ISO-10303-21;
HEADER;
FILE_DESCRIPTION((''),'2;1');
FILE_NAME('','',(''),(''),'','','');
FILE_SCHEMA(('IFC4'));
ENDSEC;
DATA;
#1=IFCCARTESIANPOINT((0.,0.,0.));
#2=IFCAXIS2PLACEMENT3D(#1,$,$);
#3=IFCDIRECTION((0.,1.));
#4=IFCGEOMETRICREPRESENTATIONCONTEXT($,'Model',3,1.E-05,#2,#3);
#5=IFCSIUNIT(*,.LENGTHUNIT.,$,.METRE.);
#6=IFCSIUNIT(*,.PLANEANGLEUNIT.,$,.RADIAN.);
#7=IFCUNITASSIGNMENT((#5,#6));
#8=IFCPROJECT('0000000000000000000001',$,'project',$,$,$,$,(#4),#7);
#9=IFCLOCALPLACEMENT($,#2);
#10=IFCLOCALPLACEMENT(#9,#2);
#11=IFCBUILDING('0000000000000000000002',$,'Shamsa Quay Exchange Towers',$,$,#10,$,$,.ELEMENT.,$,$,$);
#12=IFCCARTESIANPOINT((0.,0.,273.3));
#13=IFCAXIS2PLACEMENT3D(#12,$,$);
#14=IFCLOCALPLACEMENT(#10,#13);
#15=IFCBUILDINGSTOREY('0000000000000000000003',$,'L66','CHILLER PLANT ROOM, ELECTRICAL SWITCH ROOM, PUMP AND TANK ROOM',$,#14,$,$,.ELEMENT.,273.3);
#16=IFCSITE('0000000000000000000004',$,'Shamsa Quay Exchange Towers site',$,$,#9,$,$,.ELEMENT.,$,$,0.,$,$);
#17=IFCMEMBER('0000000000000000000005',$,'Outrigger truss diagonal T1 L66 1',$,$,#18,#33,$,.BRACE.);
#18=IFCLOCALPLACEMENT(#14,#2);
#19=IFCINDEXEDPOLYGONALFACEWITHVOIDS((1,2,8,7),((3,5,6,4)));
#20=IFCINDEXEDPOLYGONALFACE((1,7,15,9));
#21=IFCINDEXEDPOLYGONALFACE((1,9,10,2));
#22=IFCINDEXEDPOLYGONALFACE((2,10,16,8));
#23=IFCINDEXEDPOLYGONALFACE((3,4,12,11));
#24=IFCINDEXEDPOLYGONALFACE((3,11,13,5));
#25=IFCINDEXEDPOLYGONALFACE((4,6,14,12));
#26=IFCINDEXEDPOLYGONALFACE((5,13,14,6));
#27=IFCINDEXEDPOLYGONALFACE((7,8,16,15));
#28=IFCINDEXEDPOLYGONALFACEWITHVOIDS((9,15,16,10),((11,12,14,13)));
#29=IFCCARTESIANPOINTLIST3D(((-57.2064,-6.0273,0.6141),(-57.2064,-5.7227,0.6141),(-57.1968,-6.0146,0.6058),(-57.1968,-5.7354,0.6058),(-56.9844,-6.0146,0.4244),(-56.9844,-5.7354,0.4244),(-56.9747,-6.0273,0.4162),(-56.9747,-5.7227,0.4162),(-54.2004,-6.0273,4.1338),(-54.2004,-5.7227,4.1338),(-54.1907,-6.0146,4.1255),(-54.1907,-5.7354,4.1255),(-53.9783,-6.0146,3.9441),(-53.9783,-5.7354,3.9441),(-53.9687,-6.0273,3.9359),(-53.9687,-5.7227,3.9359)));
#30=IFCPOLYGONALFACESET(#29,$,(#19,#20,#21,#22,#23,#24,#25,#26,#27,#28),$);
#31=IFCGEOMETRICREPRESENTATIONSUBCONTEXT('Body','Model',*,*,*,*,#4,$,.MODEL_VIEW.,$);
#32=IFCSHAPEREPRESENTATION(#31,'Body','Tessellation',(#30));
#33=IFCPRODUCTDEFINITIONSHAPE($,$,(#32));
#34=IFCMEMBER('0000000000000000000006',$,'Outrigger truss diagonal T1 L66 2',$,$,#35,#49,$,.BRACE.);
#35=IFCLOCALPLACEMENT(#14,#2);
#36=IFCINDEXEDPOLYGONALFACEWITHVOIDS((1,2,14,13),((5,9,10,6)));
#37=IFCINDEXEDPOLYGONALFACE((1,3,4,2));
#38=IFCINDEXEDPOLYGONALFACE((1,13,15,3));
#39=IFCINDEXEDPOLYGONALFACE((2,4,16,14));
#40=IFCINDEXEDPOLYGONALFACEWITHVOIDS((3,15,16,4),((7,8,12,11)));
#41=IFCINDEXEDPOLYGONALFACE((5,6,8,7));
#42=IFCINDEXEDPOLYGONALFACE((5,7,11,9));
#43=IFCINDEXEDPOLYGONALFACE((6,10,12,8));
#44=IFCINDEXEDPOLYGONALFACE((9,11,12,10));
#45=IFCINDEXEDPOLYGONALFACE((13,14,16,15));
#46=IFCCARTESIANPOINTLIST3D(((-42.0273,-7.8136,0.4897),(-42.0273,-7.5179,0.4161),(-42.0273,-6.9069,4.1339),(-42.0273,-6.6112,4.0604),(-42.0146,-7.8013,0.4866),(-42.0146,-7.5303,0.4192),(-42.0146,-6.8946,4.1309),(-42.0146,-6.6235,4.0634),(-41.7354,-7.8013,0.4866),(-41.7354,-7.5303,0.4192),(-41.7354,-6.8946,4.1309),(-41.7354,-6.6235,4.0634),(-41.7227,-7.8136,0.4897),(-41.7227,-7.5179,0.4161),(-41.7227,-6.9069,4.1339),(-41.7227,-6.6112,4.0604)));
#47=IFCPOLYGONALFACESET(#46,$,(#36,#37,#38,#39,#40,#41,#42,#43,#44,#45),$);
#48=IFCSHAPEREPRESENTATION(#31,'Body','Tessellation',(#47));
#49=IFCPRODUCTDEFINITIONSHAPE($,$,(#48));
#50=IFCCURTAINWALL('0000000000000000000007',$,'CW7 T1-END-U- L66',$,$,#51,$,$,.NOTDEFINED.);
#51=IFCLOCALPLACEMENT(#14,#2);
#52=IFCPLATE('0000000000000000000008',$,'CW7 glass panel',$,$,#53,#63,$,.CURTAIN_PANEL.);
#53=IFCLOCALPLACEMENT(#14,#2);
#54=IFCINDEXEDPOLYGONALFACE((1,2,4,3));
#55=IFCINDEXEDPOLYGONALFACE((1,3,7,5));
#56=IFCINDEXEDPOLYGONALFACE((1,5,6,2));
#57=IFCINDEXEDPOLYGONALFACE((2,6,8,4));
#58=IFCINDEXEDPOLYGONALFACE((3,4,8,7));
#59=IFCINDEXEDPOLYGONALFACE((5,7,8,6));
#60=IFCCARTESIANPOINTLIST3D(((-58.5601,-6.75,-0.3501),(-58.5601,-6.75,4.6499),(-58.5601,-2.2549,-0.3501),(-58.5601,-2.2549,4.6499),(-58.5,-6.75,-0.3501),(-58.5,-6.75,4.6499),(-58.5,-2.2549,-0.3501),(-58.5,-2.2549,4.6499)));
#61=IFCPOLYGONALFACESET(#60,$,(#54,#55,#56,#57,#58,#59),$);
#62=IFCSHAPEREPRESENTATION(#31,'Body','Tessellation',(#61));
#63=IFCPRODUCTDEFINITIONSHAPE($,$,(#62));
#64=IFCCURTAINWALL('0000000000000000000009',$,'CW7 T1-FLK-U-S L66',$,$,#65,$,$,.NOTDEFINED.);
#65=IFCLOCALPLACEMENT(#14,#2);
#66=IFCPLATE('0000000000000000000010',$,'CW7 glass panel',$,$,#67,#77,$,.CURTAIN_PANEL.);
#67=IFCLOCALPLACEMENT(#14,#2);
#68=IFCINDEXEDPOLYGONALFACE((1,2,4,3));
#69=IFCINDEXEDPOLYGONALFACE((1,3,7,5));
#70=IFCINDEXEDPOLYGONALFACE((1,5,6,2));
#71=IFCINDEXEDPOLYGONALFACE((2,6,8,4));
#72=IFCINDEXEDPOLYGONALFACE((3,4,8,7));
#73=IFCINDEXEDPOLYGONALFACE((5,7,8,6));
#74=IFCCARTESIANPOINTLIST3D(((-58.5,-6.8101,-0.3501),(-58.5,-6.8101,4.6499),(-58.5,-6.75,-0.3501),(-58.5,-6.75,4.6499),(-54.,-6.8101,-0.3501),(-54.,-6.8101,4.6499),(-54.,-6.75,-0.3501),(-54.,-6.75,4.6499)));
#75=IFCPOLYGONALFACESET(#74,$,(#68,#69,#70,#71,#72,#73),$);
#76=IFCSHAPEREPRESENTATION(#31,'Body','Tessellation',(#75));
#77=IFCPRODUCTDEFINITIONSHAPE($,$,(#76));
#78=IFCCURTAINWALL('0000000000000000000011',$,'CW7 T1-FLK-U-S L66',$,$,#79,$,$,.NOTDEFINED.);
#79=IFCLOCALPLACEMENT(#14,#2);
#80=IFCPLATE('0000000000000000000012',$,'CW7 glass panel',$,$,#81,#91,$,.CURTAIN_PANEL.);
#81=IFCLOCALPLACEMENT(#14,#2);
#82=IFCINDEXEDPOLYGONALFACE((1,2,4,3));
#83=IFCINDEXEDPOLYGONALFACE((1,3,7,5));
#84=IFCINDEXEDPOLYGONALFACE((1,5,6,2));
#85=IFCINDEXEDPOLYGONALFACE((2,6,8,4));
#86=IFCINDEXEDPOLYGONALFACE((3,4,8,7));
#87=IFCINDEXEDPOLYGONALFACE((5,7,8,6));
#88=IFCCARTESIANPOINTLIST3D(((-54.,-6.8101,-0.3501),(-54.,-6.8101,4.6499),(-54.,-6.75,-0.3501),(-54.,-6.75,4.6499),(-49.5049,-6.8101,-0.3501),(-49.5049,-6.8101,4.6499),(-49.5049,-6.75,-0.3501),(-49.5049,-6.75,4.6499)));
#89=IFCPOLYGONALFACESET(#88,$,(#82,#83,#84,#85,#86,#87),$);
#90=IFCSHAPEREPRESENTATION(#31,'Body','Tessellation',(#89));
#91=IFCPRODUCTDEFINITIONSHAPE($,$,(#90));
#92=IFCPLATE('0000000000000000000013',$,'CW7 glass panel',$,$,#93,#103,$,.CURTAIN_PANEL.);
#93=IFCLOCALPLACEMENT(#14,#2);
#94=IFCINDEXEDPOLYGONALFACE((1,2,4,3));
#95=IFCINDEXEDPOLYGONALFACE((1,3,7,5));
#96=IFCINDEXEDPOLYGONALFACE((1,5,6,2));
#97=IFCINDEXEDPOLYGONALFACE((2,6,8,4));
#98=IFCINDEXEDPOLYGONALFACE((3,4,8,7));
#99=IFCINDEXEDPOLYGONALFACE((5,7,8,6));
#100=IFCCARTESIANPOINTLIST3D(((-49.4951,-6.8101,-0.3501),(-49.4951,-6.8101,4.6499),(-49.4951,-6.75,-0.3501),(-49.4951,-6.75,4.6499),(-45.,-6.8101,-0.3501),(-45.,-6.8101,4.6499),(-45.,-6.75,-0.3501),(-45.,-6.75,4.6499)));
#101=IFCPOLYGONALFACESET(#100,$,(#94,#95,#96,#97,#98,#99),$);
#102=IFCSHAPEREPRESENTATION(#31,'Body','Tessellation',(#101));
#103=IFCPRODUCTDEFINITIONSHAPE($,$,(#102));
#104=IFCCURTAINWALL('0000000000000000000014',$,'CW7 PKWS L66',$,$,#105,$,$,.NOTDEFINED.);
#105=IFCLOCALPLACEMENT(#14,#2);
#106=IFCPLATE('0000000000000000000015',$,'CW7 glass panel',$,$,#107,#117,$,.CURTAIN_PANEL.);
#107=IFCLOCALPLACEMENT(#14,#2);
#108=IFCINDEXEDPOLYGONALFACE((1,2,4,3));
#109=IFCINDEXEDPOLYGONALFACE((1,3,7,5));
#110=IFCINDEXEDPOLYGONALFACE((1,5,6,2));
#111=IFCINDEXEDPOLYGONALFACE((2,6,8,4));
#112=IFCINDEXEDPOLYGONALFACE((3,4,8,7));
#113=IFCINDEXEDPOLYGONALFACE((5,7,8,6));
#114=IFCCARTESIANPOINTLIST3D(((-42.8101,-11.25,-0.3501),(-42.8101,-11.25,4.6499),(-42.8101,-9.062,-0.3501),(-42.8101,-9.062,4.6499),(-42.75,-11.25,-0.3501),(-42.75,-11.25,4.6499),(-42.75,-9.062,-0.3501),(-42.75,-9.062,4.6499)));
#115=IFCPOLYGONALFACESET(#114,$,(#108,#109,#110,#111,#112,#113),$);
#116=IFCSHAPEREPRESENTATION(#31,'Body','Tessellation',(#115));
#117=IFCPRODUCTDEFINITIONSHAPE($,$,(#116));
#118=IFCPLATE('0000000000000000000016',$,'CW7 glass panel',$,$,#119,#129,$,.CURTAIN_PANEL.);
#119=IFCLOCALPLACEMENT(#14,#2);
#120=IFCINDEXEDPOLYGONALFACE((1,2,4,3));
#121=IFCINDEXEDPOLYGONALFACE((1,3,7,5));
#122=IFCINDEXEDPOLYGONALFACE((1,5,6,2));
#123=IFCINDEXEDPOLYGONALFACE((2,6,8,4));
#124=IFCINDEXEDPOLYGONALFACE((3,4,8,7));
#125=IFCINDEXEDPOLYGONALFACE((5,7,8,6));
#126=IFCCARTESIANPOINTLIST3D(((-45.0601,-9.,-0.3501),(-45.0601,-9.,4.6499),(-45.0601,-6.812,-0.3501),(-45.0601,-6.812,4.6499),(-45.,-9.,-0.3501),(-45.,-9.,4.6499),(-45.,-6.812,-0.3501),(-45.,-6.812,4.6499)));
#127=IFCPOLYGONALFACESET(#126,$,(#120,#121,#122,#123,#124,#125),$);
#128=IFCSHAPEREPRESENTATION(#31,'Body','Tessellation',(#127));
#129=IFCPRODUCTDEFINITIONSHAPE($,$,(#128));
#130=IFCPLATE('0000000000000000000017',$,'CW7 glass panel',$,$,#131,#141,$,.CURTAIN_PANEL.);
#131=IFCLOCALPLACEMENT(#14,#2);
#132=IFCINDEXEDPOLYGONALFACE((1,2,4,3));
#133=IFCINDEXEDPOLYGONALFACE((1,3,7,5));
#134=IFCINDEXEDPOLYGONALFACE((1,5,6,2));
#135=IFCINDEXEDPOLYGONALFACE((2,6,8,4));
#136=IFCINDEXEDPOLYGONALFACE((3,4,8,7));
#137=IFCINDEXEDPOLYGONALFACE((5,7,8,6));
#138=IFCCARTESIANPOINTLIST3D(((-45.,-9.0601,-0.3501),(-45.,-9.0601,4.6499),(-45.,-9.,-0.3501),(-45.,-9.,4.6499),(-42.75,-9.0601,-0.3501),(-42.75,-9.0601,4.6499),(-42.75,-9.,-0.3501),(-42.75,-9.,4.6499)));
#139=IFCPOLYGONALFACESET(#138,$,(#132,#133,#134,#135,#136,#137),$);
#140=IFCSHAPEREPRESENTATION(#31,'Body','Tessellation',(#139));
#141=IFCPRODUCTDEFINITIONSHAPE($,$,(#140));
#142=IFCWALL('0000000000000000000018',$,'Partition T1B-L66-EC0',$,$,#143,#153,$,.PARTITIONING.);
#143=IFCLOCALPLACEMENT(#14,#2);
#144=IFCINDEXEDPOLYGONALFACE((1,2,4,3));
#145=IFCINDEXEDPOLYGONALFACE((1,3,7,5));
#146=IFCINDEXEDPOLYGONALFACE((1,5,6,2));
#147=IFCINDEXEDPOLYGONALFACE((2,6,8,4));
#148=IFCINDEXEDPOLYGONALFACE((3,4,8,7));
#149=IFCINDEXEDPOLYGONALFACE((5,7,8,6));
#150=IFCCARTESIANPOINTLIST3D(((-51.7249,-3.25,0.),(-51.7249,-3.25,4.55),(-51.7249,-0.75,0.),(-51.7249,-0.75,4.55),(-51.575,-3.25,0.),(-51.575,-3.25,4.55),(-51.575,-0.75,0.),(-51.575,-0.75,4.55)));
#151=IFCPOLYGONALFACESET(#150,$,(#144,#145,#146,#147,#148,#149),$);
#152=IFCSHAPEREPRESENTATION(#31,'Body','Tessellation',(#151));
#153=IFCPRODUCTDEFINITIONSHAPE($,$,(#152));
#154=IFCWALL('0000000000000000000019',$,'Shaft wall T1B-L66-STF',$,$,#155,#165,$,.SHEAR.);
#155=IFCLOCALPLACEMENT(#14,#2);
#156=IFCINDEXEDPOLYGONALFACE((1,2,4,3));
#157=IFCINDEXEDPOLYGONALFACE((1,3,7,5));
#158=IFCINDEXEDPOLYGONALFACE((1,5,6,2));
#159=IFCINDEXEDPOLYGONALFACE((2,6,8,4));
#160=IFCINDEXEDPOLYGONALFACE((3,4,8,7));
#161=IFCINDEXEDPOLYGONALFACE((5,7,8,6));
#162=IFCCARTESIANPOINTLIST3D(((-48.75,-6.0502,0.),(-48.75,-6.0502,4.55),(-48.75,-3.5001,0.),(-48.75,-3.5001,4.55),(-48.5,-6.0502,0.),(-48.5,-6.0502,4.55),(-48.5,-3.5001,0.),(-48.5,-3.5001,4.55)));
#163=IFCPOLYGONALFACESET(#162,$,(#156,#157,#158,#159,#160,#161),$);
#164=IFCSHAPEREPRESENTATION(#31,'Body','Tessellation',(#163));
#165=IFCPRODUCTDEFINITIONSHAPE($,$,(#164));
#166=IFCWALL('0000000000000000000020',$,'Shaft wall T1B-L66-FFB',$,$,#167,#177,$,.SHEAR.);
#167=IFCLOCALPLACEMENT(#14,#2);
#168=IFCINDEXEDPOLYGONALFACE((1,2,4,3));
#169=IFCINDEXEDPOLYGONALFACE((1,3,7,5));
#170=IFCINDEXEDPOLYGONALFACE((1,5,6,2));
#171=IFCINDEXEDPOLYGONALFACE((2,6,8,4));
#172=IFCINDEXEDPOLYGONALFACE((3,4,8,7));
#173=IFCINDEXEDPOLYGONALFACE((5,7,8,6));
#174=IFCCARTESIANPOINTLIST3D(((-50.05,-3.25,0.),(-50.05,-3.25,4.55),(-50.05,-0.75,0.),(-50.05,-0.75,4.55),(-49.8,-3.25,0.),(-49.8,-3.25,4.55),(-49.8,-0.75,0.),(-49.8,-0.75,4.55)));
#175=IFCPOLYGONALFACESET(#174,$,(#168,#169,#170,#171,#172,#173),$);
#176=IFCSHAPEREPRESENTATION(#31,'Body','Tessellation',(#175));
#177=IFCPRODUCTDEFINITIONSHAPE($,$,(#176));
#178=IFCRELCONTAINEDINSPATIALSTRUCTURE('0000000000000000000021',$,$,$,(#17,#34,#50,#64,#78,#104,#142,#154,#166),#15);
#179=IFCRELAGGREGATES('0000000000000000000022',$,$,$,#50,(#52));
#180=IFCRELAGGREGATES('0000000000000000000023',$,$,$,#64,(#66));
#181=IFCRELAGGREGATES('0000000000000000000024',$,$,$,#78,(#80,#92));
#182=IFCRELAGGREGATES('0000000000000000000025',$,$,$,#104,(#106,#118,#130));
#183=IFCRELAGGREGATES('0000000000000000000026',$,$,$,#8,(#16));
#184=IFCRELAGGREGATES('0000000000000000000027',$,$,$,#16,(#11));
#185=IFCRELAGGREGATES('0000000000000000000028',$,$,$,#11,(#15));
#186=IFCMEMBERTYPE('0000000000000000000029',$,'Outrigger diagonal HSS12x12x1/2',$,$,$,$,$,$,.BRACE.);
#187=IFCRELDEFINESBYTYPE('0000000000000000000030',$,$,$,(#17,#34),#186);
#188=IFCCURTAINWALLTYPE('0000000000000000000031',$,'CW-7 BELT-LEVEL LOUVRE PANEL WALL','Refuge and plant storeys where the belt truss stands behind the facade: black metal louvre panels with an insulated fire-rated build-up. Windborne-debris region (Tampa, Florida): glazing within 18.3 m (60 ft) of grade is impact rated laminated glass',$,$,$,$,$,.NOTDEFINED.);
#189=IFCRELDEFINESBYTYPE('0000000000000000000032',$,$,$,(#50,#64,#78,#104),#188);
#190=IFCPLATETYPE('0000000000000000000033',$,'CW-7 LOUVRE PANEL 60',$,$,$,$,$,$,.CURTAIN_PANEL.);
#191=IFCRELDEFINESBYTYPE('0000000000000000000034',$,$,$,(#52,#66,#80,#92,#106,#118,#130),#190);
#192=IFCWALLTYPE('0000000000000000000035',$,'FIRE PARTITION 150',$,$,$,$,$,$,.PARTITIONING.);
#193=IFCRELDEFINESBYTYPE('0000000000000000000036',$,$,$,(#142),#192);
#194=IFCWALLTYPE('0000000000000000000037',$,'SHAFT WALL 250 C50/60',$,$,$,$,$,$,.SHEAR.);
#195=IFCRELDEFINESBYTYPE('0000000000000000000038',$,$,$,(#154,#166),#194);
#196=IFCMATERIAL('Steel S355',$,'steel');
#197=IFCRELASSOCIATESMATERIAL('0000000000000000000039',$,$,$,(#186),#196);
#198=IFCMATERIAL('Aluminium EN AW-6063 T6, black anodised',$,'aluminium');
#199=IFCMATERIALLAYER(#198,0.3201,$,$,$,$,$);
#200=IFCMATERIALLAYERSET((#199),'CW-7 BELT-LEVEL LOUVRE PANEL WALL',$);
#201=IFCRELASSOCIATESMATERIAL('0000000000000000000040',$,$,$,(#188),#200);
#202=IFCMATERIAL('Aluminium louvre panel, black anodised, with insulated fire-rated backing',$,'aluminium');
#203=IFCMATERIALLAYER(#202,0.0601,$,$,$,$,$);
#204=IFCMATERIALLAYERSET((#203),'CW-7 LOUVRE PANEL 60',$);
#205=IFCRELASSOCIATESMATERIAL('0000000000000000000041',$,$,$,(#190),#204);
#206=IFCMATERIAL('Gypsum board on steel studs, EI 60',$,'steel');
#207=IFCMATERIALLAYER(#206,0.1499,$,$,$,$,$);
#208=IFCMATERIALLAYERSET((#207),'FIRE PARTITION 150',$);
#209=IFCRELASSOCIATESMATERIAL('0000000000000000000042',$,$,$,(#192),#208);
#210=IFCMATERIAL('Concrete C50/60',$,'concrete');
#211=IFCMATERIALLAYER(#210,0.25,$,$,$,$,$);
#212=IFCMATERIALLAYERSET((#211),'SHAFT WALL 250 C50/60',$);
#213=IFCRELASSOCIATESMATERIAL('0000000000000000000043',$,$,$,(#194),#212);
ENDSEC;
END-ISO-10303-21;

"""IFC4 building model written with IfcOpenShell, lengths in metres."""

from ifc_helpers import new_model, si_unit, direction, frame, frame_2d, origin, origin_2d, place, context, subcontext, project, spatial, rectangle, hollow_rectangle, extrude, material, layer, layer_set, material_profile, profile_set, type_object, element, aggregate, save


model = new_model("IFC4")

# Units and contexts
model_context = context("Model", 3, precision=1e-05, world=origin(), true_north=direction((0.0, 1.0)))
body_context = subcontext(model_context, "Body", "Model", "MODEL_VIEW")
ifc_project = project(units=[si_unit("LENGTHUNIT", "METRE"), si_unit("PLANEANGLEUNIT", "RADIAN")], contexts=[model_context])

# Site, building, storey
site_placement = place(None, origin())
site = spatial("IfcSite", under=ifc_project, at=site_placement, Name="Shamsa Quay Exchange Towers site", CompositionType="ELEMENT", RefElevation=0.0)
building_placement = place(site_placement, origin())
building = spatial("IfcBuilding", under=site, at=building_placement, Name="Shamsa Quay Exchange Towers", CompositionType="ELEMENT")
storey_placement = place(building_placement, frame((0.0, 0.0, 273.3)))
storey = spatial("IfcBuildingStorey", under=building, at=storey_placement, Name="L66", Description="CHILLER PLANT ROOM, ELECTRICAL SWITCH ROOM, PUMP AND TANK ROOM", CompositionType="ELEMENT", Elevation=273.3)

# Members
ifc_material_1 = material(Name="Steel S355", Category="steel")
ifc_material_profile_1 = material_profile(ifc_material_1, hollow_rectangle(XDim=0.3047, YDim=0.3047, WallThickness=0.0127, at=origin_2d()), Name="HSS12x12x1/2")
ifc_profile_set_1 = profile_set([ifc_material_profile_1], Name="Steel S355")
member_type_1 = type_object("IfcMemberType", Name="Outrigger diagonal HSS12x12x1/2", PredefinedType="BRACE", material=ifc_profile_set_1)
member_1_placement = place(storey_placement, frame((-57.0906, -5.875, 0.5151), z_axis=(0.649439, 0.0, 0.760413), x_axis=(0.0, 1.0, 0.0)))
element("IfcMember", 1, at=member_1_placement, inside=storey, type_object=member_type_1, Name="Outrigger truss diagonal T1 L66 1", PredefinedType="BRACE", context=body_context, shape_type="SweptSolid", body=[
    extrude(hollow_rectangle(XDim=0.3047, YDim=0.3047, WallThickness=0.0127, at=origin_2d()), origin(), (0.0, 0.0, 1.0), 4.6287),
])
member_2_placement = place(storey_placement, frame((-41.875, -7.6658, 0.4529), z_axis=(0.0, 0.241449, 0.970413), x_axis=(-1.0, 0.0, 0.0)))
element("IfcMember", 2, at=member_2_placement, inside=storey, type_object=member_type_1, Name="Outrigger truss diagonal T1 L66 2", PredefinedType="BRACE", context=body_context, shape_type="SweptSolid", body=[
    extrude(hollow_rectangle(XDim=0.3047, YDim=0.3047, WallThickness=0.0127, at=origin_2d()), origin(), (0.0, 0.0, 1.0), 3.7554),
])

# Curtain walls, plates
ifc_material_2 = material(Name="Aluminium EN AW-6063 T6, black anodised", Category="aluminium")
ifc_layer_1 = layer(ifc_material_2, 0.3201)
ifc_layer_set_1 = layer_set([ifc_layer_1], Name="CW-7 BELT-LEVEL LOUVRE PANEL WALL")
curtain_wall_type = type_object("IfcCurtainWallType", Name="CW-7 BELT-LEVEL LOUVRE PANEL WALL", Description="Refuge and plant storeys where the belt truss stands behind the facade: black metal louvre panels with an insulated fire-rated build-up. Windborne-debris region (Tampa, Florida): glazing within 18.3 m (60 ft) of grade is impact rated laminated glass", PredefinedType="NOTDEFINED", material=ifc_layer_set_1)
curtain_wall_1_placement = place(storey_placement, origin())
curtain_wall_1 = element("IfcCurtainWall", 3, at=curtain_wall_1_placement, inside=storey, type_object=curtain_wall_type, Name="CW7 T1-END-U- L66", PredefinedType="NOTDEFINED")
ifc_material_3 = material(Name="Aluminium louvre panel, black anodised, with insulated fire-rated backing", Category="aluminium")
ifc_layer_2 = layer(ifc_material_3, 0.0601)
ifc_layer_set_2 = layer_set([ifc_layer_2], Name="CW-7 LOUVRE PANEL 60")
plate_type = type_object("IfcPlateType", Name="CW-7 LOUVRE PANEL 60", PredefinedType="CURTAIN_PANEL", material=ifc_layer_set_2)
plate_1_placement = place(storey_placement, frame((-58.53, -4.5024, -0.3501), z_axis=(0.0, 0.0, 1.0), x_axis=(0.0, -1.0, 0.0)))
plate_1 = element("IfcPlate", 4, at=plate_1_placement, type_object=plate_type, Name="CW7 glass panel", PredefinedType="CURTAIN_PANEL", context=body_context, shape_type="SweptSolid", body=[
    extrude(rectangle(XDim=4.4951, YDim=0.0601, at=origin_2d()), origin(), (0.0, 0.0, 1.0), 5.0),
])
aggregate(curtain_wall_1, [plate_1])
curtain_wall_2_placement = place(storey_placement, origin())
curtain_wall_2 = element("IfcCurtainWall", 5, at=curtain_wall_2_placement, inside=storey, type_object=curtain_wall_type, Name="CW7 T1-FLK-U-S L66", PredefinedType="NOTDEFINED")
plate_2_placement = place(storey_placement, frame((-56.25, -6.78, -0.3501)))
plate_2 = element("IfcPlate", 6, at=plate_2_placement, type_object=plate_type, Name="CW7 glass panel", PredefinedType="CURTAIN_PANEL", context=body_context, shape_type="SweptSolid", body=[
    extrude(rectangle(XDim=4.5, YDim=0.0601, at=origin_2d()), origin(), (0.0, 0.0, 1.0), 5.0),
])
aggregate(curtain_wall_2, [plate_2])

# Curtain walls, plates
curtain_wall_3_placement = place(storey_placement, origin())
curtain_wall_3 = element("IfcCurtainWall", 7, at=curtain_wall_3_placement, inside=storey, type_object=curtain_wall_type, Name="CW7 T1-FLK-U-S L66", PredefinedType="NOTDEFINED")
plate_3_placement = place(storey_placement, frame((-51.7524, -6.78, -0.3501)))
plate_3 = element("IfcPlate", 8, at=plate_3_placement, type_object=plate_type, Name="CW7 glass panel", PredefinedType="CURTAIN_PANEL", context=body_context, shape_type="SweptSolid", body=[
    extrude(rectangle(XDim=4.4951, YDim=0.0601, at=origin_2d()), origin(), (0.0, 0.0, 1.0), 5.0),
])
plate_4_placement = place(storey_placement, frame((-47.2476, -6.78, -0.3501)))
plate_4 = element("IfcPlate", 9, at=plate_4_placement, type_object=plate_type, Name="CW7 glass panel", PredefinedType="CURTAIN_PANEL", context=body_context, shape_type="SweptSolid", body=[
    extrude(rectangle(XDim=4.4951, YDim=0.0601, at=origin_2d()), origin(), (0.0, 0.0, 1.0), 5.0),
])
aggregate(curtain_wall_3, [plate_3, plate_4])
curtain_wall_4_placement = place(storey_placement, origin())
curtain_wall_4 = element("IfcCurtainWall", 10, at=curtain_wall_4_placement, inside=storey, type_object=curtain_wall_type, Name="CW7 PKWS L66", PredefinedType="NOTDEFINED")
plate_5_placement = place(storey_placement, frame((-42.78, -10.156, -0.3501), z_axis=(0.0, 0.0, 1.0), x_axis=(0.0, -1.0, 0.0)))
plate_5 = element("IfcPlate", 11, at=plate_5_placement, type_object=plate_type, Name="CW7 glass panel", PredefinedType="CURTAIN_PANEL", context=body_context, shape_type="SweptSolid", body=[
    extrude(rectangle(XDim=2.188, YDim=0.0601, at=origin_2d()), origin(), (0.0, 0.0, 1.0), 5.0),
])
plate_6_placement = place(storey_placement, frame((-45.03, -7.906, -0.3501), z_axis=(0.0, 0.0, 1.0), x_axis=(0.0, -1.0, 0.0)))
plate_6 = element("IfcPlate", 12, at=plate_6_placement, type_object=plate_type, Name="CW7 glass panel", PredefinedType="CURTAIN_PANEL", context=body_context, shape_type="SweptSolid", body=[
    extrude(rectangle(XDim=2.188, YDim=0.0601, at=origin_2d()), origin(), (0.0, 0.0, 1.0), 5.0),
])
plate_7_placement = place(storey_placement, frame((-43.875, -9.03, -0.3501)))
plate_7 = element("IfcPlate", 13, at=plate_7_placement, type_object=plate_type, Name="CW7 glass panel", PredefinedType="CURTAIN_PANEL", context=body_context, shape_type="SweptSolid", body=[
    extrude(rectangle(XDim=2.25, YDim=0.0601, at=origin_2d()), origin(), (0.0, 0.0, 1.0), 5.0),
])
aggregate(curtain_wall_4, [plate_5, plate_6, plate_7])

# Walls
ifc_material_4 = material(Name="Gypsum board on steel studs, EI 60", Category="steel")
ifc_layer_3 = layer(ifc_material_4, 0.1499)
ifc_layer_set_3 = layer_set([ifc_layer_3], Name="FIRE PARTITION 150")
wall_type_1 = type_object("IfcWallType", Name="FIRE PARTITION 150", PredefinedType="PARTITIONING", material=ifc_layer_set_3)
wall_1_placement = place(storey_placement, frame((-51.6499, -3.25, 0.0), z_axis=(0.0, 0.0, 1.0), x_axis=(0.0, 1.0, 0.0)))
element("IfcWall", 14, at=wall_1_placement, inside=storey, type_object=wall_type_1, Name="Partition T1B-L66-EC0", PredefinedType="PARTITIONING", context=body_context, shape_type="SweptSolid", body=[
    extrude(rectangle(XDim=2.5, YDim=0.1499, at=frame_2d((1.25, 0.0))), origin(), (0.0, 0.0, 1.0), 4.55),
])
ifc_material_5 = material(Name="Concrete C50/60", Category="concrete")
ifc_layer_4 = layer(ifc_material_5, 0.25)
ifc_layer_set_4 = layer_set([ifc_layer_4], Name="SHAFT WALL 250 C50/60")
wall_type_2 = type_object("IfcWallType", Name="SHAFT WALL 250 C50/60", PredefinedType="SHEAR", material=ifc_layer_set_4)
wall_2_placement = place(storey_placement, frame((-48.625, -6.05, 0.0), z_axis=(0.0, 0.0, 1.0), x_axis=(0.0, 1.0, 0.0)))
element("IfcWall", 15, at=wall_2_placement, inside=storey, type_object=wall_type_2, Name="Shaft wall T1B-L66-STF", PredefinedType="SHEAR", context=body_context, shape_type="SweptSolid", body=[
    extrude(rectangle(XDim=2.55, YDim=0.25, at=frame_2d((1.2749, 0.0))), origin(), (0.0, 0.0, 1.0), 4.55),
])

# Wall
wall_3_placement = place(storey_placement, frame((-49.925, -3.25, 0.0), z_axis=(0.0, 0.0, 1.0), x_axis=(0.0, 1.0, 0.0)))
element("IfcWall", 16, at=wall_3_placement, inside=storey, type_object=wall_type_2, Name="Shaft wall T1B-L66-FFB", PredefinedType="SHEAR", context=body_context, shape_type="SweptSolid", body=[
    extrude(rectangle(XDim=2.5, YDim=0.25, at=frame_2d((1.25, 0.0))), origin(), (0.0, 0.0, 1.0), 4.55),
])

save(model, "model.ifc")
